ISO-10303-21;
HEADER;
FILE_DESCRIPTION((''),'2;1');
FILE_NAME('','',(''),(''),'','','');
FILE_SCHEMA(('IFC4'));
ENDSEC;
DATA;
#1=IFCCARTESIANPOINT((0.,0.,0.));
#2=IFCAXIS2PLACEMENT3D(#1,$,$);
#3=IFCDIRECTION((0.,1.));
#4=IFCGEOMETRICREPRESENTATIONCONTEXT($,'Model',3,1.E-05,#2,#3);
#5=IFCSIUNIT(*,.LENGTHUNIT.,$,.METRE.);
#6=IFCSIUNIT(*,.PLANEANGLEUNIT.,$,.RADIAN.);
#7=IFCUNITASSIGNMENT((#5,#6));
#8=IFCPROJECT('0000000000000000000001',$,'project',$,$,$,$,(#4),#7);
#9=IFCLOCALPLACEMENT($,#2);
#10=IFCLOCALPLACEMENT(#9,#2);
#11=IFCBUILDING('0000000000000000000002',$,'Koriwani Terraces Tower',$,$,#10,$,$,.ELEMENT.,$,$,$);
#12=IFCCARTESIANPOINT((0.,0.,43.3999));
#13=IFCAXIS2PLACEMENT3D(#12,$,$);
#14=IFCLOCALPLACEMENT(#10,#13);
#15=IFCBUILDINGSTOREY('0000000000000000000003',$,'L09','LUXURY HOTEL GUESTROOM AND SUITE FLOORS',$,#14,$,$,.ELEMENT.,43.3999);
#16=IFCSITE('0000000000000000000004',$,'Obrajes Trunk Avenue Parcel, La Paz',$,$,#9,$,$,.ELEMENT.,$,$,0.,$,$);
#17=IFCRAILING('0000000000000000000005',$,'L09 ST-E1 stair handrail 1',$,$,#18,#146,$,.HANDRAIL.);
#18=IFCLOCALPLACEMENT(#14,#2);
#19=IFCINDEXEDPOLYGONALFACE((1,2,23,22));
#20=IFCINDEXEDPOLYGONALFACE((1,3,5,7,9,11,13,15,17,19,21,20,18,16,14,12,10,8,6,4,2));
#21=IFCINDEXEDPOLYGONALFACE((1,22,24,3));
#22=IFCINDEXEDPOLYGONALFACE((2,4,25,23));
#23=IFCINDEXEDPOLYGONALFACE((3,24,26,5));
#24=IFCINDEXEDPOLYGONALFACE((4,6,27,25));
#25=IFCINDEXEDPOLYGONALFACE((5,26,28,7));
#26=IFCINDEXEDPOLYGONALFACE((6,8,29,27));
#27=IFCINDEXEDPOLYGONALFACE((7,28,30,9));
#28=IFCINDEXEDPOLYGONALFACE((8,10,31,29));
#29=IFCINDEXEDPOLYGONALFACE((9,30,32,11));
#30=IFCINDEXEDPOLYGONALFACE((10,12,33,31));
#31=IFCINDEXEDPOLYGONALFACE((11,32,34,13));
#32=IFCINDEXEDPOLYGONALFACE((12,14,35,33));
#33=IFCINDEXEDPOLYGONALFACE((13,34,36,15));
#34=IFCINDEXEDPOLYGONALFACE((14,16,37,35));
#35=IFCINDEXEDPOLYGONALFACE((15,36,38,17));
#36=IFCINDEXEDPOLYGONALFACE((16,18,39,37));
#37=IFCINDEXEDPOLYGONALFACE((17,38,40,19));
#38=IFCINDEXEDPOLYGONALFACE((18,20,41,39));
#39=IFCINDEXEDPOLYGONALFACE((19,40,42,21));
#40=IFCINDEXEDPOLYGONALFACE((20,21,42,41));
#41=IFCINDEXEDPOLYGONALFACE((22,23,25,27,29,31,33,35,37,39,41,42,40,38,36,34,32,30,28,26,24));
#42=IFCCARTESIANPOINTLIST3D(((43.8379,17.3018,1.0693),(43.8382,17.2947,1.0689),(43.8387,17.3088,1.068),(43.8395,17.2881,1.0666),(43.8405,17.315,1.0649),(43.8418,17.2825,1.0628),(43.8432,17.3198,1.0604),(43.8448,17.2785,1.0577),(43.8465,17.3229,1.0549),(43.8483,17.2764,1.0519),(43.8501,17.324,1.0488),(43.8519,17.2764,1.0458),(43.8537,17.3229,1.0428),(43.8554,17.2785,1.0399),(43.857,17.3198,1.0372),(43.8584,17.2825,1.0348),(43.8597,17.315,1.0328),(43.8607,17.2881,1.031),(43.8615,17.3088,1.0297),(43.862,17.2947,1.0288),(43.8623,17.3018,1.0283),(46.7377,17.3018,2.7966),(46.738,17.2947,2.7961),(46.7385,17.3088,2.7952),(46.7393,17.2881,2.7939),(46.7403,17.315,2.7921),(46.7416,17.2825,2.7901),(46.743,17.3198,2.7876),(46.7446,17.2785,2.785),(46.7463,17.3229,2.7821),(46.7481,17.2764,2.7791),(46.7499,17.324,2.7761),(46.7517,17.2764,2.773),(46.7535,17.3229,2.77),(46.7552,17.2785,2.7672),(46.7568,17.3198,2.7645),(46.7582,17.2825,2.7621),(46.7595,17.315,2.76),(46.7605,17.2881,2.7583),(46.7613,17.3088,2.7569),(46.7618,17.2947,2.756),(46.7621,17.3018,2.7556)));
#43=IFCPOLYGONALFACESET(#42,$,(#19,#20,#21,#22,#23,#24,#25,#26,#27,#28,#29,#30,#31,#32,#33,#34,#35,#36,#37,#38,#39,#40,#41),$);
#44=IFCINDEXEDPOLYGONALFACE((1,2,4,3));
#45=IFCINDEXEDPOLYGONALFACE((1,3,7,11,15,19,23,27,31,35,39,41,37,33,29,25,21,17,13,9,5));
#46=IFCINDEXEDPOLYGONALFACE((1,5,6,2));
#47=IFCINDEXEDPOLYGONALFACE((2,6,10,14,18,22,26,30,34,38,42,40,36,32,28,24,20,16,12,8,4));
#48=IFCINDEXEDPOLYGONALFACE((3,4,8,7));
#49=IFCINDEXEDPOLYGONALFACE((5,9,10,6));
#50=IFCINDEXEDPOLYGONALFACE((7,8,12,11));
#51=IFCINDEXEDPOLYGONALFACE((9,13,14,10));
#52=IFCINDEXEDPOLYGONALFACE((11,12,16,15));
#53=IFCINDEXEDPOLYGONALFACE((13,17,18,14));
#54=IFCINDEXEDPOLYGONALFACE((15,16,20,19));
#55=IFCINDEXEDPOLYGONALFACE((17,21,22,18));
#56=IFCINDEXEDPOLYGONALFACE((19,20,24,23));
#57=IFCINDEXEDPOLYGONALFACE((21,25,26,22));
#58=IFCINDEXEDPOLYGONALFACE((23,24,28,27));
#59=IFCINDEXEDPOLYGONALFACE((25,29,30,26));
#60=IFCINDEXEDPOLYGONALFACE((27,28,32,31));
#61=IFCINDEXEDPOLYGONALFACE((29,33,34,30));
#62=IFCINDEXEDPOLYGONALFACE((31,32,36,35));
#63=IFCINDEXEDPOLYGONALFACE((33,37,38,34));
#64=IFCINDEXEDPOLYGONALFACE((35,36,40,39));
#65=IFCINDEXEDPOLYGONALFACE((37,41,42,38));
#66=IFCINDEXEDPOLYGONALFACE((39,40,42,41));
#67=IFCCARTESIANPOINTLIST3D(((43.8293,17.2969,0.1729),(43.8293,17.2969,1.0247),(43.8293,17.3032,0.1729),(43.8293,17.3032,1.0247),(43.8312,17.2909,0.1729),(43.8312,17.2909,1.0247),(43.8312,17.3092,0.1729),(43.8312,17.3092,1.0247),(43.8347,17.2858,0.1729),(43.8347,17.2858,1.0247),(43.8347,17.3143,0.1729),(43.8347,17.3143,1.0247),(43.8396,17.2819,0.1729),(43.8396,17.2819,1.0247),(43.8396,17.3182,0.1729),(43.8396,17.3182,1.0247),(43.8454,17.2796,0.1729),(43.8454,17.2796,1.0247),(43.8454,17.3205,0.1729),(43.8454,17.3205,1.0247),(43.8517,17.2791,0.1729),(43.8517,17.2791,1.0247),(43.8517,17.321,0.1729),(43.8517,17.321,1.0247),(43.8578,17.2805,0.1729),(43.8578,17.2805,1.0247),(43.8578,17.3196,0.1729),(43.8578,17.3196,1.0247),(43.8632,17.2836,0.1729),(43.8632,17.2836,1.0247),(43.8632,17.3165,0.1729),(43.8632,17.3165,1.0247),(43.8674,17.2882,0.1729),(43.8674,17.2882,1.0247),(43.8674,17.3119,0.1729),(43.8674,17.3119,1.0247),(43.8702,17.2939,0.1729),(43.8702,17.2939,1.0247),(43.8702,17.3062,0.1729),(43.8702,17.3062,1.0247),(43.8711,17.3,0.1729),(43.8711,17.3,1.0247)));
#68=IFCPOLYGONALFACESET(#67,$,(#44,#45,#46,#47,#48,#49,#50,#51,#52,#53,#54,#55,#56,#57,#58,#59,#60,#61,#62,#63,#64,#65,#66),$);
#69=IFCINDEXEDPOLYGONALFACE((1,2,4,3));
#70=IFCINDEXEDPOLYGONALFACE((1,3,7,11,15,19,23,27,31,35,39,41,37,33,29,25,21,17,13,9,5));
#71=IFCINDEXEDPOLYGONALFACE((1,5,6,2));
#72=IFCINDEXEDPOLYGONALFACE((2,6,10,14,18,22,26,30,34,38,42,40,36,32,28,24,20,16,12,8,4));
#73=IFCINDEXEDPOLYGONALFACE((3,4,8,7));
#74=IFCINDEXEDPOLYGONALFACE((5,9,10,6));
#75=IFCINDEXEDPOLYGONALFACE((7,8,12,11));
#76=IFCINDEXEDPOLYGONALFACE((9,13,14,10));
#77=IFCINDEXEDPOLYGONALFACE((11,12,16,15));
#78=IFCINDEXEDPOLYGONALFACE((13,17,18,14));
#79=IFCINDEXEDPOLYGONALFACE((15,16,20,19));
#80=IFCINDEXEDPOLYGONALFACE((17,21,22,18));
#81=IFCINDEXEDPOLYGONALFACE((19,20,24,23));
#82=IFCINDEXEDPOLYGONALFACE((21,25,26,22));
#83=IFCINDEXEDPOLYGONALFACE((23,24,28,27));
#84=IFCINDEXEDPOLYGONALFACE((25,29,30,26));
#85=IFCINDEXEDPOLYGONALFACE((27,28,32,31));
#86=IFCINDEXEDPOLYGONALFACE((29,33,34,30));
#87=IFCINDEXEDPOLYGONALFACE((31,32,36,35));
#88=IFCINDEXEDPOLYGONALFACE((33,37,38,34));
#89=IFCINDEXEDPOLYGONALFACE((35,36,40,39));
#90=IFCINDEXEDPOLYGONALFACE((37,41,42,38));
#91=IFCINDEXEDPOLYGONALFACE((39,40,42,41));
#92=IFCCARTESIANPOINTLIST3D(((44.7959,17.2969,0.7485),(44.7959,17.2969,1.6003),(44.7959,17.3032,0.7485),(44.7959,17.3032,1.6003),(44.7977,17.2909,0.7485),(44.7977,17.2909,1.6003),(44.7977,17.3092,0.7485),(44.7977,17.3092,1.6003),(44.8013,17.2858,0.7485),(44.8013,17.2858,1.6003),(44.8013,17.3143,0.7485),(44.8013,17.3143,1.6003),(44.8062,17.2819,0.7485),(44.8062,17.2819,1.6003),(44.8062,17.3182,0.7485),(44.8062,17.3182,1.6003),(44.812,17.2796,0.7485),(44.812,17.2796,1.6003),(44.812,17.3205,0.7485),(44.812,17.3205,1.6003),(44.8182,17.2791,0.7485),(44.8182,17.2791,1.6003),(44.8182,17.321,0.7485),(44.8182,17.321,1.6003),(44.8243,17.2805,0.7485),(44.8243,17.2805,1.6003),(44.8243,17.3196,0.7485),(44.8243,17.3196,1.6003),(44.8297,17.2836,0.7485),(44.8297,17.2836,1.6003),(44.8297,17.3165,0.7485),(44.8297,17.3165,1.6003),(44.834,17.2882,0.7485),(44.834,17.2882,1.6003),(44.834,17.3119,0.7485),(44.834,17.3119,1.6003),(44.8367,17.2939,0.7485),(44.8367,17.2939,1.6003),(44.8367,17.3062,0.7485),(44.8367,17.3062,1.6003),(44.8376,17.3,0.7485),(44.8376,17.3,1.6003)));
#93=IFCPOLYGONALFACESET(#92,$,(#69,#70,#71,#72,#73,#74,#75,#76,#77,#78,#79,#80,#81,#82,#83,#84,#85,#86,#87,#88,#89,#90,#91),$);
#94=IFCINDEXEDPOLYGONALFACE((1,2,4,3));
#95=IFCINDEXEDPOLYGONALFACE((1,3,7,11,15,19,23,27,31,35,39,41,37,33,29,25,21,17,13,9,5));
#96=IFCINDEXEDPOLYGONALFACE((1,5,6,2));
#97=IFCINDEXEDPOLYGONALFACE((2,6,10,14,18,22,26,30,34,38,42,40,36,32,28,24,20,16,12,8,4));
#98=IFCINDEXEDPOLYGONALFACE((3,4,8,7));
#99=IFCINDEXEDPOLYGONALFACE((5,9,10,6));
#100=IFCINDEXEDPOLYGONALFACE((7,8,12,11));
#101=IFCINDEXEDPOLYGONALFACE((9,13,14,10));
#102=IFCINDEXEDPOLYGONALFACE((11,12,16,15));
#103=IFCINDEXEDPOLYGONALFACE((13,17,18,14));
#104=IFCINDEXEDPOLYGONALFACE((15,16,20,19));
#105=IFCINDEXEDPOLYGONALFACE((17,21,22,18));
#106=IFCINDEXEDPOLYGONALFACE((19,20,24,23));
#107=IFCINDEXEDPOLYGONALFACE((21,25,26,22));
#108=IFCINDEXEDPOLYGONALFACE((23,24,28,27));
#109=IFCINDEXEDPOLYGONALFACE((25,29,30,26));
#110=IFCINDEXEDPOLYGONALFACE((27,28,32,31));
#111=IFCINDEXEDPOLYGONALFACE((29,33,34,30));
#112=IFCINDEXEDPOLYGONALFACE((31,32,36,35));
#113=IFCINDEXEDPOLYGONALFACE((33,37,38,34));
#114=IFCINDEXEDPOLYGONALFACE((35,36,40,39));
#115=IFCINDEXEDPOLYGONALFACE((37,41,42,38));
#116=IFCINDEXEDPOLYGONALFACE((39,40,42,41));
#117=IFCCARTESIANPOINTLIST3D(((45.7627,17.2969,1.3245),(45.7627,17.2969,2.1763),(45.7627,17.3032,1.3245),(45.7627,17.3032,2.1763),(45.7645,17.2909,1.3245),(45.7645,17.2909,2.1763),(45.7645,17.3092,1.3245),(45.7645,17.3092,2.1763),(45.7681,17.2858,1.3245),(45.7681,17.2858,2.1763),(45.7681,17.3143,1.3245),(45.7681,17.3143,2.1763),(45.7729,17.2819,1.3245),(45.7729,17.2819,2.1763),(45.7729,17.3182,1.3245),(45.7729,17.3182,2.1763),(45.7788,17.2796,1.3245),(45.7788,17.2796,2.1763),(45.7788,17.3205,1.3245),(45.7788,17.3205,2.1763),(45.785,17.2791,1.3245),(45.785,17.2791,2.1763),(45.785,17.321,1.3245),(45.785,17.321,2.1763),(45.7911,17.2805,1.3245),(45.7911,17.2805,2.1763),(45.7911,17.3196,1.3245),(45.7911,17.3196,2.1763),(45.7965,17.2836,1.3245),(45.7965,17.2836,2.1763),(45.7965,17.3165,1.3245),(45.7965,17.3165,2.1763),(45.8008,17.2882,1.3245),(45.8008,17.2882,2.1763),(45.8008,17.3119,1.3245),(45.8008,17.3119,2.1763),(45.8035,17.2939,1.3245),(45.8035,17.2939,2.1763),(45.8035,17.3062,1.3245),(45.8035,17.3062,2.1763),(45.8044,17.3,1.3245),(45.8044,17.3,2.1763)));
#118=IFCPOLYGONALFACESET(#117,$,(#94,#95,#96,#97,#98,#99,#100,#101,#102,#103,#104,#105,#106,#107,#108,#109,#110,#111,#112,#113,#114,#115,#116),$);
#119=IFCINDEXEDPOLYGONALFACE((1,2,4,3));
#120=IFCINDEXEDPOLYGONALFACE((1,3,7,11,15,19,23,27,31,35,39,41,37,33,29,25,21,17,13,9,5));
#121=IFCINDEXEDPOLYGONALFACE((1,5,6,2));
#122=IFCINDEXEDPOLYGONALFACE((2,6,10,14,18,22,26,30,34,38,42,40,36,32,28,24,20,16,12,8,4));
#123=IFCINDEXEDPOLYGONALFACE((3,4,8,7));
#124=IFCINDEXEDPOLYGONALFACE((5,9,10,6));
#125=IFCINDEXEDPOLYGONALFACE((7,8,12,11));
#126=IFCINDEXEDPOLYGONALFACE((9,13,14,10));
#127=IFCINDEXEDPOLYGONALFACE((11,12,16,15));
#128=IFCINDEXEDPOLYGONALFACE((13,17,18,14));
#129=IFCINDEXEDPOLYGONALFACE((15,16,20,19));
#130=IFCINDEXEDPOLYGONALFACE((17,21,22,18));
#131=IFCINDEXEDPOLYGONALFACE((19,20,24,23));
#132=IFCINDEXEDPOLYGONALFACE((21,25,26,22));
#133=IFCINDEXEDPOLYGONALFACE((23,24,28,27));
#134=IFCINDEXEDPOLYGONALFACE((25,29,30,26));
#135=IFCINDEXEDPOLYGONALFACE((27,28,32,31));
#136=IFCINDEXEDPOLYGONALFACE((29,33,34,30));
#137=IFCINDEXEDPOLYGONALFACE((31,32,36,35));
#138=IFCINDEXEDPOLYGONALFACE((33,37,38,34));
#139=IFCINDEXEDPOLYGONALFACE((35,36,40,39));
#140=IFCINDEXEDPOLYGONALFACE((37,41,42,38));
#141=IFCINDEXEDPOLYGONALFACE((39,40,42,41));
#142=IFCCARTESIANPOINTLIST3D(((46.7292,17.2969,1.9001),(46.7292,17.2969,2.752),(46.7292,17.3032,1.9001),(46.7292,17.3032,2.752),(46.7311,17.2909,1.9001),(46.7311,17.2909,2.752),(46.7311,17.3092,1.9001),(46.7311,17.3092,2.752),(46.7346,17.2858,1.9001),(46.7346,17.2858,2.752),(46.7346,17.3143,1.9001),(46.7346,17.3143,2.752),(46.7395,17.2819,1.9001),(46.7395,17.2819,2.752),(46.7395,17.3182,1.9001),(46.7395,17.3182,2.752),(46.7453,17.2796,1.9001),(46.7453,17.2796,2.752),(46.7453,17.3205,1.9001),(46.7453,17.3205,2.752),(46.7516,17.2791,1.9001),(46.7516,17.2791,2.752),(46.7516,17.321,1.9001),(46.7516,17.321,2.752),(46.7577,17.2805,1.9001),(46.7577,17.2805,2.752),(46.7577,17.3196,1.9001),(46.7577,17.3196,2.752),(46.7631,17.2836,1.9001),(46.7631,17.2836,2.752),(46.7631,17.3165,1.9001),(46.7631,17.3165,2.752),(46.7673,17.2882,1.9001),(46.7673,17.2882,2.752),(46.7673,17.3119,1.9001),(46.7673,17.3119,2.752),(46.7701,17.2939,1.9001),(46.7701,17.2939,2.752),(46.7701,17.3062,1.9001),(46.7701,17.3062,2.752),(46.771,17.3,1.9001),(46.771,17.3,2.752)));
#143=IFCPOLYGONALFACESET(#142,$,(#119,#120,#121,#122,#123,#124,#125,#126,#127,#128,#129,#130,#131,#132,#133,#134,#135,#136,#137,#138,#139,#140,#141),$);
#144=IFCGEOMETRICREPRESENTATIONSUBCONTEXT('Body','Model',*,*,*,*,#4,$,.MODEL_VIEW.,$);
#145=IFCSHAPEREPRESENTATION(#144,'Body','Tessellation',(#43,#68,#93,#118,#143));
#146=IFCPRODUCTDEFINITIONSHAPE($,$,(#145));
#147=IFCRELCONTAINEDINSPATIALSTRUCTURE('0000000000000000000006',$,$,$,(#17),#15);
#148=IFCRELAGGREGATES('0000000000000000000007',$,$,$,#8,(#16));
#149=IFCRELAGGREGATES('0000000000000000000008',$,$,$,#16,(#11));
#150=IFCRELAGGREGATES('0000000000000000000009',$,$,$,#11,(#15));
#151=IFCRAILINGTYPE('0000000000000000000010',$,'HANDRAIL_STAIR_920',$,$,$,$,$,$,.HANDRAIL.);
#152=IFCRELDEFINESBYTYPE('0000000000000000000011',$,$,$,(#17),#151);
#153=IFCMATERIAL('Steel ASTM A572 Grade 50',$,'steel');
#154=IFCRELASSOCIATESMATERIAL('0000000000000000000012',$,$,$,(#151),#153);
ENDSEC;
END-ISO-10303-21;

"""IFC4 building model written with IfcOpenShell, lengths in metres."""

from ifc_helpers import new_model, si_unit, direction, frame, origin, origin_2d, place, context, subcontext, project, spatial, circle, extrude, material, type_object, element, save


model = new_model("IFC4")

# Units and contexts
model_context = context("Model", 3, precision=1e-05, world=origin(), true_north=direction((0.0, 1.0)))
body_context = subcontext(model_context, "Body", "Model", "MODEL_VIEW")
ifc_project = project(units=[si_unit("LENGTHUNIT", "METRE"), si_unit("PLANEANGLEUNIT", "RADIAN")], contexts=[model_context])

# Site, building, storey
site_placement = place(None, origin())
site = spatial("IfcSite", under=ifc_project, at=site_placement, Name="Obrajes Trunk Avenue Parcel, La Paz", CompositionType="ELEMENT", RefElevation=0.0)
building_placement = place(site_placement, origin())
building = spatial("IfcBuilding", under=site, at=building_placement, Name="Koriwani Terraces Tower", CompositionType="ELEMENT")
storey_placement = place(building_placement, frame((0.0, 0.0, 43.3999)))
storey = spatial("IfcBuildingStorey", under=building, at=storey_placement, Name="L09", Description="LUXURY HOTEL GUESTROOM AND SUITE FLOORS", CompositionType="ELEMENT", Elevation=43.3999)

# Shared definitions
ifc_material_1 = material(Name="Steel ASTM A572 Grade 50", Category="steel")

# Railing
railing_type_1 = type_object("IfcRailingType", Name="HANDRAIL_STAIR_920", PredefinedType="HANDRAIL", material=ifc_material_1)
railing_1_placement = place(storey_placement, frame((43.8501, 17.3, 0.1729)))
element("IfcRailing", 1, at=railing_1_placement, inside=storey, type_object=railing_type_1, Name="L09 ST-E1 stair handrail 1", PredefinedType="HANDRAIL", context=body_context, shape_type="SweptSolid", body=[
    extrude(circle(Radius=0.0239, at=origin_2d()), frame((0.0, 0.0, 0.876), z_axis=(0.859141, 0.0, 0.511738), x_axis=(0.0, 1.0, 0.0)), (0.0, 0.0, 1.0), 3.3752),
    extrude(circle(Radius=0.021, at=origin_2d()), origin(), (0.0, 0.0, 1.0), 0.8518),
    extrude(circle(Radius=0.021, at=origin_2d()), frame((0.9666, 0.0, 0.5757)), (0.0, 0.0, 1.0), 0.8518),
    extrude(circle(Radius=0.021, at=origin_2d()), frame((1.9333, 0.0, 1.1516)), (0.0, 0.0, 1.0), 0.8518),
    extrude(circle(Radius=0.021, at=origin_2d()), frame((2.8999, 0.0, 1.7273)), (0.0, 0.0, 1.0), 0.8518),
])

save(model, "model.ifc")
